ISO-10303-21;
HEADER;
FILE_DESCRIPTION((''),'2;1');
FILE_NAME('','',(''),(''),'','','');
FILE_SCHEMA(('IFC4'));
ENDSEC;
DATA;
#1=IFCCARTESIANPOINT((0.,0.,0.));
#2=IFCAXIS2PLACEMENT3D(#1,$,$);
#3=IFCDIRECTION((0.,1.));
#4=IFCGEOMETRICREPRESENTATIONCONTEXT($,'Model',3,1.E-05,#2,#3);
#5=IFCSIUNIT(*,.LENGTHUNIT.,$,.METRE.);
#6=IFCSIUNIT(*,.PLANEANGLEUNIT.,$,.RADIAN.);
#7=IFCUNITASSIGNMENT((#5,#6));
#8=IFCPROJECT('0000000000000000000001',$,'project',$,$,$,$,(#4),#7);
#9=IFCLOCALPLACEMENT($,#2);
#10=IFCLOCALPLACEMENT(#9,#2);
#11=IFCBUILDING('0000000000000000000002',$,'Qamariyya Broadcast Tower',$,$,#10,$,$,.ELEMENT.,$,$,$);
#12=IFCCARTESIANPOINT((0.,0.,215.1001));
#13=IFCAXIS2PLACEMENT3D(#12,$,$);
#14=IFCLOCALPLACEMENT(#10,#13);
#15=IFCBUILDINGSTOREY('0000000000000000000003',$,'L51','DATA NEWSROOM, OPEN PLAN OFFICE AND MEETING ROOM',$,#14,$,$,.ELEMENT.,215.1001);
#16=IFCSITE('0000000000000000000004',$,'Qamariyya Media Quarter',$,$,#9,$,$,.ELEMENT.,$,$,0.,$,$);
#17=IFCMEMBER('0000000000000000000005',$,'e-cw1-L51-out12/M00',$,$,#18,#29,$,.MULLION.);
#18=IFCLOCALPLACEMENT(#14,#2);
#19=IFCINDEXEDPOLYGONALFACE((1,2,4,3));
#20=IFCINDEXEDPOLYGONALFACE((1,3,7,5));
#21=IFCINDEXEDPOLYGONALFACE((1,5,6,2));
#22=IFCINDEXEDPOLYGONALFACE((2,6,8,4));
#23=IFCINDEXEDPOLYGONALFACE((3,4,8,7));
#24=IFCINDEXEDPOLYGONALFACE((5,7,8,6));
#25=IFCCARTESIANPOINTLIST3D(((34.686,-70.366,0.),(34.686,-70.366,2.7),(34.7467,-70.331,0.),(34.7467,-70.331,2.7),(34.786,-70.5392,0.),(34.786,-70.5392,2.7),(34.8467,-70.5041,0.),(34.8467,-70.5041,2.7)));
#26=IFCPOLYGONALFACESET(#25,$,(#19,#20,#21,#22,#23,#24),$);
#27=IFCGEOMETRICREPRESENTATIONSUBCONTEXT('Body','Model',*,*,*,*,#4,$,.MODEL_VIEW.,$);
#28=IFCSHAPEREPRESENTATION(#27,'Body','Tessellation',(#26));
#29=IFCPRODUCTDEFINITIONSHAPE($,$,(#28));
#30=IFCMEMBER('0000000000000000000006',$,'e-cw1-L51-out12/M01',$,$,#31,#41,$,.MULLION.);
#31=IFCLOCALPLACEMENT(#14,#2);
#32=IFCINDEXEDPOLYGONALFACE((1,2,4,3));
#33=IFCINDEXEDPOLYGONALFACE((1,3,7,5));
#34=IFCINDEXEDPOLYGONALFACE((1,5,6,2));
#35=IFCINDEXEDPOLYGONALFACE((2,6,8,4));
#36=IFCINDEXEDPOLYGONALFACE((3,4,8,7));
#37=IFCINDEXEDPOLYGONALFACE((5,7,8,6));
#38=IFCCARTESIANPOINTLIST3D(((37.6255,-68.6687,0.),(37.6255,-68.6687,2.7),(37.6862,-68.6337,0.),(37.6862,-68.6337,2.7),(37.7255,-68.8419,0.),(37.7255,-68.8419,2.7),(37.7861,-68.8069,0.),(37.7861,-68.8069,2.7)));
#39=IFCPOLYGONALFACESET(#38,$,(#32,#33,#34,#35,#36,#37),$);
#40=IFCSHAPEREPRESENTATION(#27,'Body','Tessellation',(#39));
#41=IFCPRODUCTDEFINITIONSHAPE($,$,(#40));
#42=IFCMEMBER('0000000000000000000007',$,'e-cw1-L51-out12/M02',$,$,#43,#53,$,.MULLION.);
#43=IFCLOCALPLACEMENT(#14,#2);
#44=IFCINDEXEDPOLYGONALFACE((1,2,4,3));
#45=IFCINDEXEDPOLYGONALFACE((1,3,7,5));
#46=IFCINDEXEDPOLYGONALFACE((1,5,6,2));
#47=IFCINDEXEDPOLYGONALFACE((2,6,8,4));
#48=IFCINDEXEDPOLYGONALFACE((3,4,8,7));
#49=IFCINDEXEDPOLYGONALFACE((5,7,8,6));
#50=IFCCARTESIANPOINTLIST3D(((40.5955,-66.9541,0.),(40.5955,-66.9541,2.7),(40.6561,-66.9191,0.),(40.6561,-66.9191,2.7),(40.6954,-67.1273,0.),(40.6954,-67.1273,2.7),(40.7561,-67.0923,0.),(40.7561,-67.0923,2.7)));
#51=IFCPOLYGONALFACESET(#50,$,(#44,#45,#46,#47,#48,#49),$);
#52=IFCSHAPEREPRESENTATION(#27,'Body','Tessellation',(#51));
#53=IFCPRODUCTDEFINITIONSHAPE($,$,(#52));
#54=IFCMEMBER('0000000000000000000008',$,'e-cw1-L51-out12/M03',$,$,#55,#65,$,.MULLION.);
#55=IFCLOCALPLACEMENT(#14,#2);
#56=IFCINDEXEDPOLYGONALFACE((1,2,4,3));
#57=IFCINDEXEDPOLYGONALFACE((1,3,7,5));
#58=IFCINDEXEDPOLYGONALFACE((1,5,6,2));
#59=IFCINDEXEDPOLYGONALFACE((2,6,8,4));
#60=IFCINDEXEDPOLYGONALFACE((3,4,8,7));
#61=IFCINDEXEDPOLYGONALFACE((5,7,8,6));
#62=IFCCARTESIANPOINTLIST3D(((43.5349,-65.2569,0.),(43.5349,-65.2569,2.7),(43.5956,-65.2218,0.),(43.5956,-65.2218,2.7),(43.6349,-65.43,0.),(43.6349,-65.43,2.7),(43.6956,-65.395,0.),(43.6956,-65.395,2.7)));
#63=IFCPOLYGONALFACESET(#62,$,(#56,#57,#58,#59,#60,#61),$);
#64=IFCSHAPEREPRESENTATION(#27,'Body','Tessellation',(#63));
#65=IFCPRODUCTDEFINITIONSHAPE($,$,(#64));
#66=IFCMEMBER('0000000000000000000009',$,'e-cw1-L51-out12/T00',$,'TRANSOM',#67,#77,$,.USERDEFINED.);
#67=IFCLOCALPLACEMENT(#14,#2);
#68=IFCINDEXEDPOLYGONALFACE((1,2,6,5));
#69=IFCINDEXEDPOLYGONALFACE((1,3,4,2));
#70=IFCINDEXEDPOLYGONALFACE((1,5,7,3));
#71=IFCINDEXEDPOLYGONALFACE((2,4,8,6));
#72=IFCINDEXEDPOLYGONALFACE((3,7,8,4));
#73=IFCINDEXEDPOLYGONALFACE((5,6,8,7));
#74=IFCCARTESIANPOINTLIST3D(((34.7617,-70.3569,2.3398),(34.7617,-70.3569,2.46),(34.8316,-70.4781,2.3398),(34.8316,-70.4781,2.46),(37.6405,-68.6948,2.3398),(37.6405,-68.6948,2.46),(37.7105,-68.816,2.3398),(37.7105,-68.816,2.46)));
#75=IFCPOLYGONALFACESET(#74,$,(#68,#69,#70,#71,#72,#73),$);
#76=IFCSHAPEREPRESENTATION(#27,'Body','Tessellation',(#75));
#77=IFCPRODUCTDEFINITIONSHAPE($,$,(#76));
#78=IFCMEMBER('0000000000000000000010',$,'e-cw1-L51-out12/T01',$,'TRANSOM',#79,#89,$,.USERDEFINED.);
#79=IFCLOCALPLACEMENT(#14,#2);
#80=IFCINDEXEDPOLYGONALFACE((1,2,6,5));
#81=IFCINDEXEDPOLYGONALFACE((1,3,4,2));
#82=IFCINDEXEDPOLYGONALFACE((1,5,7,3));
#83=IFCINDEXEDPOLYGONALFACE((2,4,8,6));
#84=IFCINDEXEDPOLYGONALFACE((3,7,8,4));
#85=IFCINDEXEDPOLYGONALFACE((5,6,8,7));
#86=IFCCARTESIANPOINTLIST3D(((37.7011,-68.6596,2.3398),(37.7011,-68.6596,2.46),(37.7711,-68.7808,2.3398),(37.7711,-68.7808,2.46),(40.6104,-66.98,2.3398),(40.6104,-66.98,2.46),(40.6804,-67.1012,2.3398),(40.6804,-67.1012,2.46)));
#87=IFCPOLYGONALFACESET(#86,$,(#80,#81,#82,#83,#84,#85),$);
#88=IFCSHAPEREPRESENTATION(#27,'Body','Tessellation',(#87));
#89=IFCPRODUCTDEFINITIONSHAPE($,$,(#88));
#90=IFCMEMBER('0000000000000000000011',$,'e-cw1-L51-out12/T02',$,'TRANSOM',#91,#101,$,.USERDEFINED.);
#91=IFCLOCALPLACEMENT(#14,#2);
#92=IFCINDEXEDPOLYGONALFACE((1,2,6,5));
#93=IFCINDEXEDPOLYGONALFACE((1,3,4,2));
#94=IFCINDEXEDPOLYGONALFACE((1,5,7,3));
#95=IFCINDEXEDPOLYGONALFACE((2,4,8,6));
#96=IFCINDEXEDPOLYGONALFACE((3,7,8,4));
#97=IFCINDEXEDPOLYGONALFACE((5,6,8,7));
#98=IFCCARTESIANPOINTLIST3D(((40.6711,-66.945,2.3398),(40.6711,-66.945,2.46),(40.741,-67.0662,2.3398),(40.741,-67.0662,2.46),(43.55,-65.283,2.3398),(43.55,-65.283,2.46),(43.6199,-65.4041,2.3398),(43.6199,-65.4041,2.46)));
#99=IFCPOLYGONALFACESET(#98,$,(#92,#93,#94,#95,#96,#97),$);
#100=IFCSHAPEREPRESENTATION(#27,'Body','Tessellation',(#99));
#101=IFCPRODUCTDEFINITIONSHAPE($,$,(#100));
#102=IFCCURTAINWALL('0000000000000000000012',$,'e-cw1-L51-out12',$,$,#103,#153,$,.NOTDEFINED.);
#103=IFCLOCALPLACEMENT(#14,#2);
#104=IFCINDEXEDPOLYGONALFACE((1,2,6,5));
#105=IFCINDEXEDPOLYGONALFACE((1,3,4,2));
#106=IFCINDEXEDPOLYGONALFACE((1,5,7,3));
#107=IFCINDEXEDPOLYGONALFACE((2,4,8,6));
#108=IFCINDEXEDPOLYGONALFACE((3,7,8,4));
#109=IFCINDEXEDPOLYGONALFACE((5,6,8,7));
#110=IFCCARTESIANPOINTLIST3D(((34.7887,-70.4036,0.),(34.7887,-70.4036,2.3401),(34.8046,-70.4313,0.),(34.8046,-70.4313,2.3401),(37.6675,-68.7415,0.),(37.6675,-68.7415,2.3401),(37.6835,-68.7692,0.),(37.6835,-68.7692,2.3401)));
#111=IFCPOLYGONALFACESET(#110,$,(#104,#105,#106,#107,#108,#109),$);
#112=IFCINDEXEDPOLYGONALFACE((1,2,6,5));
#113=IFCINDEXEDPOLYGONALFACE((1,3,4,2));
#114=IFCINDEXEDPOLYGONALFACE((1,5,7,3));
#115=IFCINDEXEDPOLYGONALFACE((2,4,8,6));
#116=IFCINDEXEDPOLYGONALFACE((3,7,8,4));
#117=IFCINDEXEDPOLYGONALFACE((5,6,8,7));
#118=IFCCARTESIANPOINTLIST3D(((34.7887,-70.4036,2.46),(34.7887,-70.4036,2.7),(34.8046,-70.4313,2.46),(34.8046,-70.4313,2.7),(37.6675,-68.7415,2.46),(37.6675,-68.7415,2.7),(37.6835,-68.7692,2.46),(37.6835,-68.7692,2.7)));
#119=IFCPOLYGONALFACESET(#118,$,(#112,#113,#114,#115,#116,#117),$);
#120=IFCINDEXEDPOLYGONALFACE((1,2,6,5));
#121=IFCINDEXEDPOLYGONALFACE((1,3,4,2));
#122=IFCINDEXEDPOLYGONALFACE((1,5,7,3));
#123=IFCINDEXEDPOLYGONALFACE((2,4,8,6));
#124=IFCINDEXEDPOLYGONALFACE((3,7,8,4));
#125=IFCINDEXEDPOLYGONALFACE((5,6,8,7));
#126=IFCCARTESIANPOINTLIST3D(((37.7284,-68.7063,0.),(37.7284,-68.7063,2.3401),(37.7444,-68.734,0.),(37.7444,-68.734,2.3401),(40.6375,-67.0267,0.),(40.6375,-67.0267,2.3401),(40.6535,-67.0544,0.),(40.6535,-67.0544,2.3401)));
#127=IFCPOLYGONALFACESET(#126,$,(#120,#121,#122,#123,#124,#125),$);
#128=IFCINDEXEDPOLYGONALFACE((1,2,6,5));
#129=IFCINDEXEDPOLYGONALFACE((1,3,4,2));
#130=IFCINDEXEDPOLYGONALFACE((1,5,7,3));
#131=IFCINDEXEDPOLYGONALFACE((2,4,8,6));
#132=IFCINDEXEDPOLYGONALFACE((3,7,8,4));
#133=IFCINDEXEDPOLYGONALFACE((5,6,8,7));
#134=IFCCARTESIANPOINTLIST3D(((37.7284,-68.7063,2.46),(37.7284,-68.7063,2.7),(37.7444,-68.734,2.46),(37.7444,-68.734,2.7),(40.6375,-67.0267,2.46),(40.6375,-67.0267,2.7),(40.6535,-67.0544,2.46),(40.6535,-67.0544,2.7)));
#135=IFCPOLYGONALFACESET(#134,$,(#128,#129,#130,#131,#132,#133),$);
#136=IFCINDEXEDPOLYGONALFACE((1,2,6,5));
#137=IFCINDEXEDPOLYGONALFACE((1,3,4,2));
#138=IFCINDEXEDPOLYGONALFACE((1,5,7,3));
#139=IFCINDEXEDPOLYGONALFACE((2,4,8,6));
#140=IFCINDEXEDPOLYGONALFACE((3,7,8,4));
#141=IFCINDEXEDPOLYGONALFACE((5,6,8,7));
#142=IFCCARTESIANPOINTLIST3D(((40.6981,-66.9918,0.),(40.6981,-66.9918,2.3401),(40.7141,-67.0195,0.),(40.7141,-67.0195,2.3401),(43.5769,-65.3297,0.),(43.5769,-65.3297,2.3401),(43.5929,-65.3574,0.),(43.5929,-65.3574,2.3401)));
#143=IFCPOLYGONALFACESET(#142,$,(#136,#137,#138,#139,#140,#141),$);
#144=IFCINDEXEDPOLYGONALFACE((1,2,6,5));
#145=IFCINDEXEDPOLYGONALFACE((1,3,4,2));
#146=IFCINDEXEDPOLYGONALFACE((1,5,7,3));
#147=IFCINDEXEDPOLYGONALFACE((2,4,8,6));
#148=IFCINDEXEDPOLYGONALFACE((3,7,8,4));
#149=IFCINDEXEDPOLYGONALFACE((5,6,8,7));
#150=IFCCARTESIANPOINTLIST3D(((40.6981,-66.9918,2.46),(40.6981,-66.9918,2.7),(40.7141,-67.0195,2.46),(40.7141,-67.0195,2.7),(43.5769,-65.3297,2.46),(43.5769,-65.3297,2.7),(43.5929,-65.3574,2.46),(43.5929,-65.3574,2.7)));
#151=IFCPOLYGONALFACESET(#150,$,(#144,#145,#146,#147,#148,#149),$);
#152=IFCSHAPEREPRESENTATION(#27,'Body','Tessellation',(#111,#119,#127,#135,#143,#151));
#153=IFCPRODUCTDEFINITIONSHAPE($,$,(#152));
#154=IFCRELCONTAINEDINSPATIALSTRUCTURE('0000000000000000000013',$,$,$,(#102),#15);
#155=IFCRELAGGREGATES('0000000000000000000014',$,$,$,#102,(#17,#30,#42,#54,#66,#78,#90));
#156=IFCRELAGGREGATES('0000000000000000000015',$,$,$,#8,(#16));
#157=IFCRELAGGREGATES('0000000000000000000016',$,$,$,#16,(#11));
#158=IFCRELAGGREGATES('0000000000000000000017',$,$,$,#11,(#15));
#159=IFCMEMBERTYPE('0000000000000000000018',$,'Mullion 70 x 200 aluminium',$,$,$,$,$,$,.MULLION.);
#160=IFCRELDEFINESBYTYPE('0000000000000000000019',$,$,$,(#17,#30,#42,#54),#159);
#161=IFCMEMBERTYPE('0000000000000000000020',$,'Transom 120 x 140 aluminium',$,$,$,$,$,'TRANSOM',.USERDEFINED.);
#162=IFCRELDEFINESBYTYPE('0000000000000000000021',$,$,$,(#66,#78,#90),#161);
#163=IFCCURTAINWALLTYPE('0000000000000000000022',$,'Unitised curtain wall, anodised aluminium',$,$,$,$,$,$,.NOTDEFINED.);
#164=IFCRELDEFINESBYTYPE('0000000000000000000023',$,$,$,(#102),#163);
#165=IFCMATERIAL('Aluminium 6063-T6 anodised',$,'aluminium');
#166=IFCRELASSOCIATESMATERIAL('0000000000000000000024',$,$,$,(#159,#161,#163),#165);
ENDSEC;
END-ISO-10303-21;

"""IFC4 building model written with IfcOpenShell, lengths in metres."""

from ifc_helpers import new_model, si_unit, direction, frame, origin, origin_2d, place, context, subcontext, project, spatial, rectangle, extrude, material, material_profile, profile_set, type_object, element, aggregate, save


model = new_model("IFC4")

# Units and contexts
model_context = context("Model", 3, precision=1e-05, world=origin(), true_north=direction((0.0, 1.0)))
body_context = subcontext(model_context, "Body", "Model", "MODEL_VIEW")
ifc_project = project(units=[si_unit("LENGTHUNIT", "METRE"), si_unit("PLANEANGLEUNIT", "RADIAN")], contexts=[model_context])

# Members
ifc_material = material(Name="Aluminium 6063-T6 anodised", Category="aluminium")
ifc_material_profile_1 = material_profile(ifc_material, rectangle(XDim=0.2, YDim=0.0701, at=origin_2d()))
ifc_profile_set_1 = profile_set([ifc_material_profile_1], Name="Aluminium 6063-T6 anodised")
member_type_1 = type_object("IfcMemberType", Name="Mullion 70 x 200 aluminium", PredefinedType="MULLION", material=ifc_profile_set_1)
site_placement = place(None, origin())
building_placement = place(site_placement, origin())
storey_placement = place(building_placement, frame((0.0, 0.0, 215.1001)))
member_1_placement = place(storey_placement, frame((34.7664, -70.4351, 0.0), z_axis=(0.0, 0.0, 1.0), x_axis=(-0.5, 0.866025, 0.0)))
member_1 = element("IfcMember", 1, at=member_1_placement, type_object=member_type_1, Name="e-cw1-L51-out12/M00", PredefinedType="MULLION", context=body_context, shape_type="SweptSolid", body=[
    extrude(rectangle(XDim=0.2, YDim=0.0701, at=origin_2d()), origin(), (0.0, 0.0, 1.0), 2.7),
])
member_2_placement = place(storey_placement, frame((37.7058, -68.7378, 0.0), z_axis=(0.0, 0.0, 1.0), x_axis=(-0.5, 0.866025, 0.0)))
member_2 = element("IfcMember", 2, at=member_2_placement, type_object=member_type_1, Name="e-cw1-L51-out12/M01", PredefinedType="MULLION", context=body_context, shape_type="SweptSolid", body=[
    extrude(rectangle(XDim=0.2, YDim=0.0701, at=origin_2d()), origin(), (0.0, 0.0, 1.0), 2.7),
])
member_3_placement = place(storey_placement, frame((40.6758, -67.0232, 0.0), z_axis=(0.0, 0.0, 1.0), x_axis=(-0.5, 0.866025, 0.0)))
member_3 = element("IfcMember", 3, at=member_3_placement, type_object=member_type_1, Name="e-cw1-L51-out12/M02", PredefinedType="MULLION", context=body_context, shape_type="SweptSolid", body=[
    extrude(rectangle(XDim=0.2, YDim=0.0701, at=origin_2d()), origin(), (0.0, 0.0, 1.0), 2.7),
])
member_4_placement = place(storey_placement, frame((43.6152, -65.3259, 0.0), z_axis=(0.0, 0.0, 1.0), x_axis=(-0.5, 0.866025, 0.0)))
member_4 = element("IfcMember", 4, at=member_4_placement, type_object=member_type_1, Name="e-cw1-L51-out12/M03", PredefinedType="MULLION", context=body_context, shape_type="SweptSolid", body=[
    extrude(rectangle(XDim=0.2, YDim=0.0701, at=origin_2d()), origin(), (0.0, 0.0, 1.0), 2.7),
])
ifc_material_profile_2 = material_profile(ifc_material, rectangle(XDim=0.1399, YDim=0.1201, at=origin_2d()))
ifc_profile_set_2 = profile_set([ifc_material_profile_2], Name="Aluminium 6063-T6 anodised")
member_type_2 = type_object("IfcMemberType", Name="Transom 120 x 140 aluminium", ElementType="TRANSOM", PredefinedType="USERDEFINED", material=ifc_profile_set_2)
member_5_placement = place(storey_placement, frame((34.7966, -70.4175, 2.3999), z_axis=(0.866029, 0.499994, 0.0), x_axis=(-0.499994, 0.866029, 0.0)))
member_5 = element("IfcMember", 5, at=member_5_placement, type_object=member_type_2, Name="e-cw1-L51-out12/T00", ObjectType="TRANSOM", PredefinedType="USERDEFINED", context=body_context, shape_type="SweptSolid", body=[
    extrude(rectangle(XDim=0.1399, YDim=0.1201, at=origin_2d()), origin(), (0.0, 0.0, 1.0), 3.3242),
])
member_6_placement = place(storey_placement, frame((37.7361, -68.7202, 2.3999), z_axis=(0.866034, 0.499985, 0.0), x_axis=(-0.499985, 0.866034, 0.0)))
member_6 = element("IfcMember", 6, at=member_6_placement, type_object=member_type_2, Name="e-cw1-L51-out12/T01", ObjectType="TRANSOM", PredefinedType="USERDEFINED", context=body_context, shape_type="SweptSolid", body=[
    extrude(rectangle(XDim=0.1399, YDim=0.1201, at=origin_2d()), origin(), (0.0, 0.0, 1.0), 3.3594),
])
member_7_placement = place(storey_placement, frame((40.7061, -67.0056, 2.3999), z_axis=(0.866029, 0.499994, 0.0), x_axis=(-0.499994, 0.866029, 0.0)))
member_7 = element("IfcMember", 7, at=member_7_placement, type_object=member_type_2, Name="e-cw1-L51-out12/T02", ObjectType="TRANSOM", PredefinedType="USERDEFINED", context=body_context, shape_type="SweptSolid", body=[
    extrude(rectangle(XDim=0.1399, YDim=0.1201, at=origin_2d()), origin(), (0.0, 0.0, 1.0), 3.3242),
])

# Site, building, storey
site = spatial("IfcSite", under=ifc_project, at=site_placement, Name="Qamariyya Media Quarter", CompositionType="ELEMENT", RefElevation=0.0)
building = spatial("IfcBuilding", under=site, at=building_placement, Name="Qamariyya Broadcast Tower", CompositionType="ELEMENT")
storey = spatial("IfcBuildingStorey", under=building, at=storey_placement, Name="L51", Description="DATA NEWSROOM, OPEN PLAN OFFICE AND MEETING ROOM", CompositionType="ELEMENT", Elevation=215.1001)

# Curtain wall
curtain_wall_type = type_object("IfcCurtainWallType", Name="Unitised curtain wall, anodised aluminium", PredefinedType="NOTDEFINED", material=ifc_material)
curtain_wall_1_placement = place(storey_placement, origin())
curtain_wall_1 = element("IfcCurtainWall", 8, at=curtain_wall_1_placement, inside=storey, type_object=curtain_wall_type, Name="e-cw1-L51-out12", PredefinedType="NOTDEFINED", context=body_context, shape_type="SweptSolid", body=[
    extrude(rectangle(XDim=3.3242, YDim=0.032, at=origin_2d()), frame((36.2361, -69.5864, 0.0), x_axis=(0.866028, 0.499996, 0.0)), (0.0, 0.0, 1.0), 2.3401),
    extrude(rectangle(XDim=3.3242, YDim=0.032, at=origin_2d()), frame((36.2361, -69.5864, 2.46), x_axis=(0.866028, 0.499996, 0.0)), (0.0, 0.0, 1.0), 0.24),
    extrude(rectangle(XDim=3.3591, YDim=0.032, at=origin_2d()), frame((39.1909, -67.8804, 0.0), x_axis=(0.866028, 0.499996, 0.0)), (0.0, 0.0, 1.0), 2.3401),
    extrude(rectangle(XDim=3.3591, YDim=0.032, at=origin_2d()), frame((39.1909, -67.8804, 2.46), x_axis=(0.866028, 0.499996, 0.0)), (0.0, 0.0, 1.0), 0.24),
    extrude(rectangle(XDim=3.3242, YDim=0.032, at=origin_2d()), frame((42.1455, -66.1746, 0.0), x_axis=(0.866028, 0.499996, 0.0)), (0.0, 0.0, 1.0), 2.3401),
    extrude(rectangle(XDim=3.3242, YDim=0.032, at=origin_2d()), frame((42.1455, -66.1746, 2.46), x_axis=(0.866028, 0.499996, 0.0)), (0.0, 0.0, 1.0), 0.24),
])
aggregate(curtain_wall_1, [member_1, member_2, member_3, member_4, member_5, member_6, member_7])

save(model, "model.ifc")
